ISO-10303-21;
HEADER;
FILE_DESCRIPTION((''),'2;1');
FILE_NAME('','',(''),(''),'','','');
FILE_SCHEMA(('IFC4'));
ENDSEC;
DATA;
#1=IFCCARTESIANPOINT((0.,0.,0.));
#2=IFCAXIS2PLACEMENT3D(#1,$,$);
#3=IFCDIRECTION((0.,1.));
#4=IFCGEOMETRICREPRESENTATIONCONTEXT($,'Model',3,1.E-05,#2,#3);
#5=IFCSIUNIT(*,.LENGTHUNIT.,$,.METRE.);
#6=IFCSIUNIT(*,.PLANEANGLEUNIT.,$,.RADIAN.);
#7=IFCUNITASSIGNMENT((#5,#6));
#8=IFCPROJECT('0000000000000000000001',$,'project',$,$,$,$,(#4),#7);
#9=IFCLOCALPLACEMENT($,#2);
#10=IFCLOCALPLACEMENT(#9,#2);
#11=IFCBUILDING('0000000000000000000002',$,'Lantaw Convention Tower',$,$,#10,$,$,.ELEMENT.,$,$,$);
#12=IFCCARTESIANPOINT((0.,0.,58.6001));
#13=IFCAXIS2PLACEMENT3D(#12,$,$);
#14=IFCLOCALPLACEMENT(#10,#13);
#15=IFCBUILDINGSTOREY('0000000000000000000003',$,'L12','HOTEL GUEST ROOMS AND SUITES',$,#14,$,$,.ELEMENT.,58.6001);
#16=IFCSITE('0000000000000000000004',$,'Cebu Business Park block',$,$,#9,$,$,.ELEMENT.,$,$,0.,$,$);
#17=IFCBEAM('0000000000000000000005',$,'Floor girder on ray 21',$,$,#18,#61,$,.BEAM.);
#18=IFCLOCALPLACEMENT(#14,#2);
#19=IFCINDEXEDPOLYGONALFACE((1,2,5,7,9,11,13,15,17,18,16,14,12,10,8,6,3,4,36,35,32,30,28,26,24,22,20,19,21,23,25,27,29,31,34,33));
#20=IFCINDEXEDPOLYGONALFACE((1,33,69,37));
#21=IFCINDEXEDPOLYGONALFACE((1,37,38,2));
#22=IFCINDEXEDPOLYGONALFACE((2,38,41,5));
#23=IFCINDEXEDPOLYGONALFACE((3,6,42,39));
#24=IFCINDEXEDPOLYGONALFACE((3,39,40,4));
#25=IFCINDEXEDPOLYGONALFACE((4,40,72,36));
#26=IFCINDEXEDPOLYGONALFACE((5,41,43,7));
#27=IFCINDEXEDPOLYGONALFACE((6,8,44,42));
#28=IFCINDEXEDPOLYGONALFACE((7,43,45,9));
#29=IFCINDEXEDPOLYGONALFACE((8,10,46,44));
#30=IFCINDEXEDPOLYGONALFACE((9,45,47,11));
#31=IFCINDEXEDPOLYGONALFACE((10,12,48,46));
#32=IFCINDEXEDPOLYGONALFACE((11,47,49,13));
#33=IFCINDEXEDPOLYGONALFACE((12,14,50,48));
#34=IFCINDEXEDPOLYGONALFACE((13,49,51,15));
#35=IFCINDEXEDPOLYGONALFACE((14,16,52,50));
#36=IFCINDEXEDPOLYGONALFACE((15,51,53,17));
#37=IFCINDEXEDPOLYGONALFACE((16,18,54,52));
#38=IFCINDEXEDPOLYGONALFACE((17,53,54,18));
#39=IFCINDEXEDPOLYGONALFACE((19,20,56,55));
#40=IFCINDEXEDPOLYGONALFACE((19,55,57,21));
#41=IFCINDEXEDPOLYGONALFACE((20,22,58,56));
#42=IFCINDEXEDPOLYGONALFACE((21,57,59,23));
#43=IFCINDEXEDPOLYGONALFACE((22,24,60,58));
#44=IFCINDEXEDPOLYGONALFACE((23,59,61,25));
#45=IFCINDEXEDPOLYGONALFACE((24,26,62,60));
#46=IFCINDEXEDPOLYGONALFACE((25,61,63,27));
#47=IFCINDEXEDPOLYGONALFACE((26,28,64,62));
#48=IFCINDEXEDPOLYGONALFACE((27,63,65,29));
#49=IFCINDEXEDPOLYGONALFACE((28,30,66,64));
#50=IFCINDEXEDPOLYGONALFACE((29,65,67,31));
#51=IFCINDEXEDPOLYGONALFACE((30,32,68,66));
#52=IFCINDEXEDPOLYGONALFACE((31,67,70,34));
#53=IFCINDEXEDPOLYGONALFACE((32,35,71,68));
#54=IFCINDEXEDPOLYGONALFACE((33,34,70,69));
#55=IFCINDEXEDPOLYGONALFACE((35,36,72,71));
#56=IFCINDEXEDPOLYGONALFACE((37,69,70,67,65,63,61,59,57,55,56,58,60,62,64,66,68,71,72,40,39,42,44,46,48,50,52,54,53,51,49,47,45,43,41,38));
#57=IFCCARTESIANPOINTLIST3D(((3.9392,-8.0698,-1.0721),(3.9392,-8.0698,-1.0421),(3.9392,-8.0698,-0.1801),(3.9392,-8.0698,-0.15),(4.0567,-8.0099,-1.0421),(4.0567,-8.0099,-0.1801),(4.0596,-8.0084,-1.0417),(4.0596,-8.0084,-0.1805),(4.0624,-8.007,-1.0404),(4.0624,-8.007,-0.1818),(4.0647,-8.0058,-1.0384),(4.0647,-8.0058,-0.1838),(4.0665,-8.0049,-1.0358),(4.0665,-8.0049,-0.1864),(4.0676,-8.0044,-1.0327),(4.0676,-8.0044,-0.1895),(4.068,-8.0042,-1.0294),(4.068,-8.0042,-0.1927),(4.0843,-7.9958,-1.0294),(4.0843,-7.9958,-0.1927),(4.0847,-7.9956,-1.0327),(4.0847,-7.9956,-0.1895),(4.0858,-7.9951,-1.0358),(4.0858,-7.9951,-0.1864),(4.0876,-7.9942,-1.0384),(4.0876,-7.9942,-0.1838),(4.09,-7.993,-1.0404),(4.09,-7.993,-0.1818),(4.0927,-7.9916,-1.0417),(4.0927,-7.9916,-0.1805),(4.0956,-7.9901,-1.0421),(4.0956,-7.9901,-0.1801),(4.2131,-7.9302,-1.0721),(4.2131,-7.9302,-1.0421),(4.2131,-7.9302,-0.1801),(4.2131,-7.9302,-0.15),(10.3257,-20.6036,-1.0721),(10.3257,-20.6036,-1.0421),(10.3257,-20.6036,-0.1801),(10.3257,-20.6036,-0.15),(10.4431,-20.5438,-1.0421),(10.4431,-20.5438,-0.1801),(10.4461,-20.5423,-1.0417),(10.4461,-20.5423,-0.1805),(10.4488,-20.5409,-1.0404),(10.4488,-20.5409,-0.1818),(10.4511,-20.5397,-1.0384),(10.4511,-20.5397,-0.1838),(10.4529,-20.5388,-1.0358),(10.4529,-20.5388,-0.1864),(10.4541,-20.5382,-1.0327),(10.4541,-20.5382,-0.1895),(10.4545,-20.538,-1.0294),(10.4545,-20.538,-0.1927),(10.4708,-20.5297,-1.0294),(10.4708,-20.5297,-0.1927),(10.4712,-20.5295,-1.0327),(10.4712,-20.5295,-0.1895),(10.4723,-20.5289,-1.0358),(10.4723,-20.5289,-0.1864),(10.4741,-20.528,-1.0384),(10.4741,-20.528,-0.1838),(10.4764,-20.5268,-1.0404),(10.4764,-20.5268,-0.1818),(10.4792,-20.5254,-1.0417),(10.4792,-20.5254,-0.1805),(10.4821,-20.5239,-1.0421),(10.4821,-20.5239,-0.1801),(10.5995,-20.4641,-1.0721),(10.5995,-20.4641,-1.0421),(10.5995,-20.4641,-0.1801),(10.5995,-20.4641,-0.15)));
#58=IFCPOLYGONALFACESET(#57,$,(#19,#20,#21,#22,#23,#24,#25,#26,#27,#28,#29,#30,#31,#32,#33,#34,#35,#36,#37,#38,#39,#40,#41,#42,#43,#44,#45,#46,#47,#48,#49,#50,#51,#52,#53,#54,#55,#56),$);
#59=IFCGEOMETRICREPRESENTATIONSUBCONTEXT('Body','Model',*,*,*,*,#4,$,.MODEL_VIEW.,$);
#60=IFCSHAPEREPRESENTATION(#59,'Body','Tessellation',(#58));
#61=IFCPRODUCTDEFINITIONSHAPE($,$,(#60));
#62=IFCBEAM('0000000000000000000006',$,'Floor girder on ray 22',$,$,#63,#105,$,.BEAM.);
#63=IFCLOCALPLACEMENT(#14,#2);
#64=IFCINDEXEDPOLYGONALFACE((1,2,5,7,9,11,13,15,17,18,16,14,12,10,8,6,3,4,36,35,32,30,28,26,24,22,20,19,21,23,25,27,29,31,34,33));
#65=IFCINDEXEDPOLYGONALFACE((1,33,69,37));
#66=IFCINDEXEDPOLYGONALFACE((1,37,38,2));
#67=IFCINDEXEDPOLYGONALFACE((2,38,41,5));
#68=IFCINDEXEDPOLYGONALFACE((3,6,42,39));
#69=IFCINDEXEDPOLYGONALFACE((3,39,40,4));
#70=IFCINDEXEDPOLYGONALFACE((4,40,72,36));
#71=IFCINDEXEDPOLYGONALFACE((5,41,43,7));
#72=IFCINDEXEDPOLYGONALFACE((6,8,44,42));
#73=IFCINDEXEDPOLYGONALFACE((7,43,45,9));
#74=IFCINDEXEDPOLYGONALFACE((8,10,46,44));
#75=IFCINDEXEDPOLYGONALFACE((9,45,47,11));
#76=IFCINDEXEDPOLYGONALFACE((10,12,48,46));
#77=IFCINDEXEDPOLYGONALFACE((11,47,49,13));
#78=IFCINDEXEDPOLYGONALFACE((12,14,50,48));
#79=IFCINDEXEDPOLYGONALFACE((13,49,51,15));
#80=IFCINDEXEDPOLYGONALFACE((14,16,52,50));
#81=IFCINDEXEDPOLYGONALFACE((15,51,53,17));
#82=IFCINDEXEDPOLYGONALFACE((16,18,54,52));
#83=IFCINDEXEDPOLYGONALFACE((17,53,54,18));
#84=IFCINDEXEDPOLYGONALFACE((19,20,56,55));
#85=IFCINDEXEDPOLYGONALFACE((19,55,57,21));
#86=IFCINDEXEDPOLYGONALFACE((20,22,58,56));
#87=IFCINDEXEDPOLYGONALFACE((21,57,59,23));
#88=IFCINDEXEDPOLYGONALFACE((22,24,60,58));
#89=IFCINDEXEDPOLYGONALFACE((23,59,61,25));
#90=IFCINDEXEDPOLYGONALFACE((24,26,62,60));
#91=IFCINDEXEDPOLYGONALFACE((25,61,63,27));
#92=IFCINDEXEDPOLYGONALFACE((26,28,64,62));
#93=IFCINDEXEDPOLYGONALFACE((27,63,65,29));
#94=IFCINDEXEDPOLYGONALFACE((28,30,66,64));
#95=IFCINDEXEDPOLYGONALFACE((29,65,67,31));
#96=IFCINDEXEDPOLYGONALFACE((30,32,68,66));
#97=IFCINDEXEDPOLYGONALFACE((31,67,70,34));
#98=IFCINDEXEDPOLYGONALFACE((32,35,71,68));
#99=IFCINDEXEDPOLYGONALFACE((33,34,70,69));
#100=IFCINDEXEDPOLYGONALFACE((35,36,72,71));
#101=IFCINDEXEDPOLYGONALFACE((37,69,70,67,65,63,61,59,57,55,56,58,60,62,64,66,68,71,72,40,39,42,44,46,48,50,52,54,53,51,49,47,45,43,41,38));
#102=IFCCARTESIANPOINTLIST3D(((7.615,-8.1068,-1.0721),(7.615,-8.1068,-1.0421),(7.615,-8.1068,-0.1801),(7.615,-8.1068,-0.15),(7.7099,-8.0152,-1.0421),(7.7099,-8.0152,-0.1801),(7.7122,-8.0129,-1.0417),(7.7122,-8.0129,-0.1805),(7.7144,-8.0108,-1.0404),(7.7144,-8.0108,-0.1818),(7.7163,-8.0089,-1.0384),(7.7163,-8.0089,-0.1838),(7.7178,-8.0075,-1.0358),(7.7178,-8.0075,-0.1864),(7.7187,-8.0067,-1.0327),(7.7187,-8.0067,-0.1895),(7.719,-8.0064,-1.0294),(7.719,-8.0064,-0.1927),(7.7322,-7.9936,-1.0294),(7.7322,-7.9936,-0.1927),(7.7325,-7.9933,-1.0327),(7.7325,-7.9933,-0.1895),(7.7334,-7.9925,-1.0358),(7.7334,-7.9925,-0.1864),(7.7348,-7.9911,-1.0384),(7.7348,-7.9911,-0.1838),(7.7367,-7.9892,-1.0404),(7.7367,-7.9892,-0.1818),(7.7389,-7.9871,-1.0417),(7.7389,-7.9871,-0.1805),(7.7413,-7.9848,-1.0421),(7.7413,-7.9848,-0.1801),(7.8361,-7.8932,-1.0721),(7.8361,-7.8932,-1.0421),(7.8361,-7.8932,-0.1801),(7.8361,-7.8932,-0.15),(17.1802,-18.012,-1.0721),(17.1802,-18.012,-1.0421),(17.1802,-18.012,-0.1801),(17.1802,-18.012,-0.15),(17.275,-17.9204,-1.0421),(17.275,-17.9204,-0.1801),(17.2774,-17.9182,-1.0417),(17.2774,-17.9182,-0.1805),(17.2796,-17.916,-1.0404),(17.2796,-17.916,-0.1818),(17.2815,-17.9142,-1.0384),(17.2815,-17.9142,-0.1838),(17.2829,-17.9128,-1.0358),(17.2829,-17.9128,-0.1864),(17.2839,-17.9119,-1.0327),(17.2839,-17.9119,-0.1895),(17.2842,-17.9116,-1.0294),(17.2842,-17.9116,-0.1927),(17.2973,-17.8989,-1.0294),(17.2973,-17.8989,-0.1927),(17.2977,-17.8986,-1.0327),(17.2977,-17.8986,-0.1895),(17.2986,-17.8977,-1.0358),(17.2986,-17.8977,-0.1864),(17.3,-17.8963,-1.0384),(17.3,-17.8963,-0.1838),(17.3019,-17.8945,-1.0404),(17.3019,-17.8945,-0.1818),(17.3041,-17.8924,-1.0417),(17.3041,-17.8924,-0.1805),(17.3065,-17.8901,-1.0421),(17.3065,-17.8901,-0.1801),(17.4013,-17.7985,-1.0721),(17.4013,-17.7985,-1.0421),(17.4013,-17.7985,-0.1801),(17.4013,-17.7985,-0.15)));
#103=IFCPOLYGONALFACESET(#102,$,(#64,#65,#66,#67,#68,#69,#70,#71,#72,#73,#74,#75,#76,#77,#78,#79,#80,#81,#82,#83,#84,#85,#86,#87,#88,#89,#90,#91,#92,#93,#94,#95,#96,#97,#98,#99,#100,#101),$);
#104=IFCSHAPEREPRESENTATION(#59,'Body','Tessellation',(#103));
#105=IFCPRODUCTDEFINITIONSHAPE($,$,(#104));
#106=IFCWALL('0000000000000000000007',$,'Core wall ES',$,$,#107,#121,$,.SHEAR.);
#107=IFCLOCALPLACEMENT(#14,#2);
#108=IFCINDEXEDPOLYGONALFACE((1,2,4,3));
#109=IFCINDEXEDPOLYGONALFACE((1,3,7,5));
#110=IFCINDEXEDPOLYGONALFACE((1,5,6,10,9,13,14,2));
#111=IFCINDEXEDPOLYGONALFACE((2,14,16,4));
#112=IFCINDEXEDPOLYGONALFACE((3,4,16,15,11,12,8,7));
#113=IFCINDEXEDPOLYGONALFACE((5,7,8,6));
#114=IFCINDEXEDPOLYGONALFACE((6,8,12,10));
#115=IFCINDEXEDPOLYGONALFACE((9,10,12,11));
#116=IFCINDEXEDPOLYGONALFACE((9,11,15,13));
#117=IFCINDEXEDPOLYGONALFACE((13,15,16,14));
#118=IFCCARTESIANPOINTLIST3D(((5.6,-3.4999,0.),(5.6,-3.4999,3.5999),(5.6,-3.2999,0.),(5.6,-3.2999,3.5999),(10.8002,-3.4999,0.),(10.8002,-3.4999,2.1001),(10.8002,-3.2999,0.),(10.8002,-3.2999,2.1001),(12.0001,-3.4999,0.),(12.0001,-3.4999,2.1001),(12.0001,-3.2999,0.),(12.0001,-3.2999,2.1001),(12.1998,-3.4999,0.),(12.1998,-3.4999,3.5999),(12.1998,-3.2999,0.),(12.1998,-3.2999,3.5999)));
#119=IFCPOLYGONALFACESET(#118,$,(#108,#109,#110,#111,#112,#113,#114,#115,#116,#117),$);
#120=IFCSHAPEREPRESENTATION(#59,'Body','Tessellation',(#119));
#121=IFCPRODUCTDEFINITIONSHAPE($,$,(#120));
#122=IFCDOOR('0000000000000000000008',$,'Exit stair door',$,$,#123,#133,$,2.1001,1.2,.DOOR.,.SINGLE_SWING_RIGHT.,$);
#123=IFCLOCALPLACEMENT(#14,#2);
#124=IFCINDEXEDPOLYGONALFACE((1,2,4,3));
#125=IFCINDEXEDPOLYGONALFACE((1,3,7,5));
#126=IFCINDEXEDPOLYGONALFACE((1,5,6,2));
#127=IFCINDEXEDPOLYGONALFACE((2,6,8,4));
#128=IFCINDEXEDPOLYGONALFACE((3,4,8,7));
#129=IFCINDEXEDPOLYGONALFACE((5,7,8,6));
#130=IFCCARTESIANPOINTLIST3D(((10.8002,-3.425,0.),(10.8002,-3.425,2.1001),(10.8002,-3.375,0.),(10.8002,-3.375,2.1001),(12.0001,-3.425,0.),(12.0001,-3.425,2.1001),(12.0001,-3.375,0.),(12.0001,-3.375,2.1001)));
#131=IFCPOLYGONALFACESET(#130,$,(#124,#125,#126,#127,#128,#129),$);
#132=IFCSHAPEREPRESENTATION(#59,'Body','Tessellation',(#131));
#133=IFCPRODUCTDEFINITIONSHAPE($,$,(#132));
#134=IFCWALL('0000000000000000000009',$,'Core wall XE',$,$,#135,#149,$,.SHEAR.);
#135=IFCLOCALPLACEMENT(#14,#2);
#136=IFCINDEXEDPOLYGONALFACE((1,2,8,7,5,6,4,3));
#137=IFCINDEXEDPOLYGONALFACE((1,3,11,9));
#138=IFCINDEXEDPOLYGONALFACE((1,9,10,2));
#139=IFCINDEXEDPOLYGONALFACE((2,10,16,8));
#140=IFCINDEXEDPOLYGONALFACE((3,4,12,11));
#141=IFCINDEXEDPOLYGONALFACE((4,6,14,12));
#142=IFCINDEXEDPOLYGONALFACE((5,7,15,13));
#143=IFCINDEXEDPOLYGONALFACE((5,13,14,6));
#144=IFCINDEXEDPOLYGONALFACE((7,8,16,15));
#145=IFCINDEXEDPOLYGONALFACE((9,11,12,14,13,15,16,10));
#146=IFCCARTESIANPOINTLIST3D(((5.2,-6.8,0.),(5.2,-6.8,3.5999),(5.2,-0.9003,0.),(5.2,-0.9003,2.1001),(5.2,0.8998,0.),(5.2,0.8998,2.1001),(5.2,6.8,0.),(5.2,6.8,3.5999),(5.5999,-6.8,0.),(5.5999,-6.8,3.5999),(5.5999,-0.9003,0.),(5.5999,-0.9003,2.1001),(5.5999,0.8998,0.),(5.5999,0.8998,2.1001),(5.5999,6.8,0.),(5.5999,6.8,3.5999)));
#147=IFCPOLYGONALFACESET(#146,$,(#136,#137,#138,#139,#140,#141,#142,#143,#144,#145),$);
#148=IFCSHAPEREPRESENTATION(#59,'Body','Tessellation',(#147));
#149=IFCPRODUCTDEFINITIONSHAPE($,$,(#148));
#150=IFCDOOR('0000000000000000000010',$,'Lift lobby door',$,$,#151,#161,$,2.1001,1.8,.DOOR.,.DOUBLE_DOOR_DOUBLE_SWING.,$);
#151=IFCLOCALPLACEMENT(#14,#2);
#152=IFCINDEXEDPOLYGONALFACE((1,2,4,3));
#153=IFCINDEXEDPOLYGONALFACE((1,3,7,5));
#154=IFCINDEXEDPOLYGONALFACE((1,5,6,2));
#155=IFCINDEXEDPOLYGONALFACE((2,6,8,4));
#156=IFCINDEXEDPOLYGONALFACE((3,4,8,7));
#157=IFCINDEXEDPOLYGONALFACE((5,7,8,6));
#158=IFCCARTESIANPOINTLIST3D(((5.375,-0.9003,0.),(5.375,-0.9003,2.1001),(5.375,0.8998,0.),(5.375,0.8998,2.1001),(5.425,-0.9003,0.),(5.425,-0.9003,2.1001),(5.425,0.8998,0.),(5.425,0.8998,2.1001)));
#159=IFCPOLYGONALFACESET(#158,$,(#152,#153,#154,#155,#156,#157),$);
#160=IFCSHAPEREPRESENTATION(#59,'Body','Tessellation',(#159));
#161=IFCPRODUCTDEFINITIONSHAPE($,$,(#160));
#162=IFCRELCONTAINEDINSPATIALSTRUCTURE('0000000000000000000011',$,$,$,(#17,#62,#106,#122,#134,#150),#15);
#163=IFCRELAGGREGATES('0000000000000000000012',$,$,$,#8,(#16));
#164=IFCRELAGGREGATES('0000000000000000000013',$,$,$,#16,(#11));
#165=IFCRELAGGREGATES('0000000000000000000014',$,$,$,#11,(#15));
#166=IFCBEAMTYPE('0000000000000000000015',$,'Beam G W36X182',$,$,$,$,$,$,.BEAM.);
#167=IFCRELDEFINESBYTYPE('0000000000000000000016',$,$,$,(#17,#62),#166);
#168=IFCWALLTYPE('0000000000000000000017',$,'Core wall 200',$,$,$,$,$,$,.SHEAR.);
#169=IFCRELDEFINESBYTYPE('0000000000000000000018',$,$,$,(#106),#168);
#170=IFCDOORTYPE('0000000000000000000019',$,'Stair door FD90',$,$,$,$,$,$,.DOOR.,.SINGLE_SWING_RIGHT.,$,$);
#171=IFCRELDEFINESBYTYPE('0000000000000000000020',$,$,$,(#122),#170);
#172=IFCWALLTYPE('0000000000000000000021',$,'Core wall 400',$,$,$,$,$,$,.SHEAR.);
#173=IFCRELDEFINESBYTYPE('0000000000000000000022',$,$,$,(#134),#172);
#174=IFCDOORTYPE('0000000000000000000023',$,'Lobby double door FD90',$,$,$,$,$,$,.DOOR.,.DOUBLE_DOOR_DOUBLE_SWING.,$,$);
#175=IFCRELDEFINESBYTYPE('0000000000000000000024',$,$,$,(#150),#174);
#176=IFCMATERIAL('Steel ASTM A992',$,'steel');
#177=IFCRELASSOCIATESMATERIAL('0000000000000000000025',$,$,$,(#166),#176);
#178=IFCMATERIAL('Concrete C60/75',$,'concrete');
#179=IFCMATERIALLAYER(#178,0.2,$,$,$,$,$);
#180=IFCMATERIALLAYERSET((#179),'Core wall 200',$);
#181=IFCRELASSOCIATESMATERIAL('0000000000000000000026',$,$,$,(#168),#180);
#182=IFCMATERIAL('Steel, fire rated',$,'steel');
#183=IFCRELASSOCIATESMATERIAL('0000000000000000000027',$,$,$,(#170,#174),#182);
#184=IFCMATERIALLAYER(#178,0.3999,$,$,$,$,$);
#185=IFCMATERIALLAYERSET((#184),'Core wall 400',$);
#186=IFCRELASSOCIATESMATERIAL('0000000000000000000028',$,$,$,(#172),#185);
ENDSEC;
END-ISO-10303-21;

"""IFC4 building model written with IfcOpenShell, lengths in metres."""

from ifc_helpers import new_model, si_unit, direction, frame, frame_2d, origin, origin_2d, place, context, subcontext, project, spatial, rectangle, i_section, extrude, material, layer, layer_set, material_profile, profile_set, type_object, element, fill, save


model = new_model("IFC4")

# Units and contexts
model_context = context("Model", 3, precision=1e-05, world=origin(), true_north=direction((0.0, 1.0)))
body_context = subcontext(model_context, "Body", "Model", "MODEL_VIEW")
ifc_project = project(units=[si_unit("LENGTHUNIT", "METRE"), si_unit("PLANEANGLEUNIT", "RADIAN")], contexts=[model_context])

# Site, building, storey
site_placement = place(None, origin())
site = spatial("IfcSite", under=ifc_project, at=site_placement, Name="Cebu Business Park block", CompositionType="ELEMENT", RefElevation=0.0)
building_placement = place(site_placement, origin())
building = spatial("IfcBuilding", under=site, at=building_placement, Name="Lantaw Convention Tower", CompositionType="ELEMENT")
storey_placement = place(building_placement, frame((0.0, 0.0, 58.6001)))
storey = spatial("IfcBuildingStorey", under=building, at=storey_placement, Name="L12", Description="HOTEL GUEST ROOMS AND SUITES", CompositionType="ELEMENT", Elevation=58.6001)

# Beams
ifc_material_1 = material(Name="Steel ASTM A992", Category="steel")
ifc_material_profile = material_profile(ifc_material_1, i_section(OverallWidth=0.3074, OverallDepth=0.9221, WebThickness=0.0183, FlangeThickness=0.03, FilletRadius=0.0127, at=origin_2d()), Name="W36X182")
ifc_profile_set = profile_set([ifc_material_profile], Name="Steel ASTM A992")
beam_type = type_object("IfcBeamType", Name="Beam G W36X182", PredefinedType="BEAM", material=ifc_profile_set)
beam_1_placement = place(storey_placement, frame((4.0762, -8.0, -0.6111), z_axis=(0.453997, -0.891003, 0.0), x_axis=(0.891003, 0.453997, 0.0)))
element("IfcBeam", 1, at=beam_1_placement, inside=storey, type_object=beam_type, Name="Floor girder on ray 21", PredefinedType="BEAM", context=body_context, shape_type="SweptSolid", body=[
    extrude(i_section(OverallWidth=0.3074, OverallDepth=0.9221, WebThickness=0.0183, FlangeThickness=0.03, FilletRadius=0.0127, at=origin_2d()), origin(), (0.0, 0.0, 1.0), 14.0671),
])
beam_2_placement = place(storey_placement, frame((7.7256, -8.0, -0.6111), z_axis=(0.69465, -0.719348, 0.0), x_axis=(0.719348, 0.69465, 0.0)))
element("IfcBeam", 2, at=beam_2_placement, inside=storey, type_object=beam_type, Name="Floor girder on ray 22", PredefinedType="BEAM", context=body_context, shape_type="SweptSolid", body=[
    extrude(i_section(OverallWidth=0.3074, OverallDepth=0.9221, WebThickness=0.0183, FlangeThickness=0.03, FilletRadius=0.0127, at=origin_2d()), origin(), (0.0, 0.0, 1.0), 13.7698),
])

# Walls, openings, doors
ifc_material_2 = material(Name="Concrete C60/75", Category="concrete")
ifc_layer_1 = layer(ifc_material_2, 0.2)
ifc_layer_set_1 = layer_set([ifc_layer_1], Name="Core wall 200")
wall_type_1 = type_object("IfcWallType", Name="Core wall 200", PredefinedType="SHEAR", material=ifc_layer_set_1)
wall_1_placement = place(storey_placement, frame((5.6001, -3.3999, 0.0), z_axis=(0.0, 0.0, 1.0), x_axis=(1.0, 0.0, 0.0)))
wall_1 = element("IfcWall", 3, at=wall_1_placement, inside=storey, type_object=wall_type_1, Name="Core wall ES", PredefinedType="SHEAR", context=body_context, shape_type="SweptSolid", body=[
    extrude(rectangle(XDim=6.5999, YDim=0.2, at=frame_2d((3.2998, 0.0))), origin(), (0.0, 0.0, 1.0), 3.5999),
])
opening_1_placement = place(wall_1_placement, frame((5.2, 0.0, 0.0)))
opening_1 = element("IfcOpeningElement", 4, at=opening_1_placement, cuts=wall_1, PredefinedType="OPENING", context=body_context, shape_type="SweptSolid", body=[
    extrude(rectangle(XDim=1.2, YDim=2.1001, at=frame_2d((0.6001, 1.05))), frame((0.0, 0.1099, 0.0), z_axis=(0.0, -1.0, 0.0), x_axis=(1.0, 0.0, 0.0)), (0.0, 0.0, 1.0), 0.22),
])
ifc_material_3 = material(Name="Steel, fire rated", Category="steel")
door_type_1 = type_object("IfcDoorType", Name="Stair door FD90", OperationType="SINGLE_SWING_RIGHT", PredefinedType="DOOR", material=ifc_material_3)
door_1_placement = place(opening_1_placement, origin())
door_1 = element("IfcDoor", 5, at=door_1_placement, inside=storey, type_object=door_type_1, Name="Exit stair door", OperationType="SINGLE_SWING_RIGHT", OverallHeight=2.1001, OverallWidth=1.2, PredefinedType="DOOR", context=body_context, shape_type="SweptSolid", body=[
    extrude(rectangle(XDim=1.2, YDim=2.1001, at=frame_2d((0.6001, 1.05))), frame((0.0, 0.0249, 0.0), z_axis=(0.0, -1.0, 0.0), x_axis=(1.0, 0.0, 0.0)), (0.0, 0.0, 1.0), 0.05),
])
fill(opening_1, door_1)
ifc_layer_2 = layer(ifc_material_2, 0.3999)
ifc_layer_set_2 = layer_set([ifc_layer_2], Name="Core wall 400")
wall_type_2 = type_object("IfcWallType", Name="Core wall 400", PredefinedType="SHEAR", material=ifc_layer_set_2)
wall_2_placement = place(storey_placement, frame((5.3999, -6.8, 0.0), z_axis=(0.0, 0.0, 1.0), x_axis=(0.0, 1.0, 0.0)))
wall_2 = element("IfcWall", 6, at=wall_2_placement, inside=storey, type_object=wall_type_2, Name="Core wall XE", PredefinedType="SHEAR", context=body_context, shape_type="SweptSolid", body=[
    extrude(rectangle(XDim=13.6001, YDim=0.3999, at=frame_2d((6.8, 0.0))), origin(), (0.0, 0.0, 1.0), 3.5999),
])
opening_2_placement = place(wall_2_placement, frame((5.8999, 0.0, 0.0)))
opening_2 = element("IfcOpeningElement", 7, at=opening_2_placement, cuts=wall_2, PredefinedType="OPENING", context=body_context, shape_type="SweptSolid", body=[
    extrude(rectangle(XDim=1.8, YDim=2.1001, at=frame_2d((0.8999, 1.05))), frame((0.0, 0.21, 0.0), z_axis=(0.0, -1.0, 0.0), x_axis=(1.0, 0.0, 0.0)), (0.0, 0.0, 1.0), 0.4199),
])
door_type_2 = type_object("IfcDoorType", Name="Lobby double door FD90", OperationType="DOUBLE_DOOR_DOUBLE_SWING", PredefinedType="DOOR", material=ifc_material_3)
door_2_placement = place(opening_2_placement, origin())
door_2 = element("IfcDoor", 8, at=door_2_placement, inside=storey, type_object=door_type_2, Name="Lift lobby door", OperationType="DOUBLE_DOOR_DOUBLE_SWING", OverallHeight=2.1001, OverallWidth=1.8, PredefinedType="DOOR", context=body_context, shape_type="SweptSolid", body=[
    extrude(rectangle(XDim=1.8, YDim=2.1001, at=frame_2d((0.8999, 1.05))), frame((0.0, 0.0249, 0.0), z_axis=(0.0, -1.0, 0.0), x_axis=(1.0, 0.0, 0.0)), (0.0, 0.0, 1.0), 0.05),
])
fill(opening_2, door_2)

save(model, "model.ifc")
